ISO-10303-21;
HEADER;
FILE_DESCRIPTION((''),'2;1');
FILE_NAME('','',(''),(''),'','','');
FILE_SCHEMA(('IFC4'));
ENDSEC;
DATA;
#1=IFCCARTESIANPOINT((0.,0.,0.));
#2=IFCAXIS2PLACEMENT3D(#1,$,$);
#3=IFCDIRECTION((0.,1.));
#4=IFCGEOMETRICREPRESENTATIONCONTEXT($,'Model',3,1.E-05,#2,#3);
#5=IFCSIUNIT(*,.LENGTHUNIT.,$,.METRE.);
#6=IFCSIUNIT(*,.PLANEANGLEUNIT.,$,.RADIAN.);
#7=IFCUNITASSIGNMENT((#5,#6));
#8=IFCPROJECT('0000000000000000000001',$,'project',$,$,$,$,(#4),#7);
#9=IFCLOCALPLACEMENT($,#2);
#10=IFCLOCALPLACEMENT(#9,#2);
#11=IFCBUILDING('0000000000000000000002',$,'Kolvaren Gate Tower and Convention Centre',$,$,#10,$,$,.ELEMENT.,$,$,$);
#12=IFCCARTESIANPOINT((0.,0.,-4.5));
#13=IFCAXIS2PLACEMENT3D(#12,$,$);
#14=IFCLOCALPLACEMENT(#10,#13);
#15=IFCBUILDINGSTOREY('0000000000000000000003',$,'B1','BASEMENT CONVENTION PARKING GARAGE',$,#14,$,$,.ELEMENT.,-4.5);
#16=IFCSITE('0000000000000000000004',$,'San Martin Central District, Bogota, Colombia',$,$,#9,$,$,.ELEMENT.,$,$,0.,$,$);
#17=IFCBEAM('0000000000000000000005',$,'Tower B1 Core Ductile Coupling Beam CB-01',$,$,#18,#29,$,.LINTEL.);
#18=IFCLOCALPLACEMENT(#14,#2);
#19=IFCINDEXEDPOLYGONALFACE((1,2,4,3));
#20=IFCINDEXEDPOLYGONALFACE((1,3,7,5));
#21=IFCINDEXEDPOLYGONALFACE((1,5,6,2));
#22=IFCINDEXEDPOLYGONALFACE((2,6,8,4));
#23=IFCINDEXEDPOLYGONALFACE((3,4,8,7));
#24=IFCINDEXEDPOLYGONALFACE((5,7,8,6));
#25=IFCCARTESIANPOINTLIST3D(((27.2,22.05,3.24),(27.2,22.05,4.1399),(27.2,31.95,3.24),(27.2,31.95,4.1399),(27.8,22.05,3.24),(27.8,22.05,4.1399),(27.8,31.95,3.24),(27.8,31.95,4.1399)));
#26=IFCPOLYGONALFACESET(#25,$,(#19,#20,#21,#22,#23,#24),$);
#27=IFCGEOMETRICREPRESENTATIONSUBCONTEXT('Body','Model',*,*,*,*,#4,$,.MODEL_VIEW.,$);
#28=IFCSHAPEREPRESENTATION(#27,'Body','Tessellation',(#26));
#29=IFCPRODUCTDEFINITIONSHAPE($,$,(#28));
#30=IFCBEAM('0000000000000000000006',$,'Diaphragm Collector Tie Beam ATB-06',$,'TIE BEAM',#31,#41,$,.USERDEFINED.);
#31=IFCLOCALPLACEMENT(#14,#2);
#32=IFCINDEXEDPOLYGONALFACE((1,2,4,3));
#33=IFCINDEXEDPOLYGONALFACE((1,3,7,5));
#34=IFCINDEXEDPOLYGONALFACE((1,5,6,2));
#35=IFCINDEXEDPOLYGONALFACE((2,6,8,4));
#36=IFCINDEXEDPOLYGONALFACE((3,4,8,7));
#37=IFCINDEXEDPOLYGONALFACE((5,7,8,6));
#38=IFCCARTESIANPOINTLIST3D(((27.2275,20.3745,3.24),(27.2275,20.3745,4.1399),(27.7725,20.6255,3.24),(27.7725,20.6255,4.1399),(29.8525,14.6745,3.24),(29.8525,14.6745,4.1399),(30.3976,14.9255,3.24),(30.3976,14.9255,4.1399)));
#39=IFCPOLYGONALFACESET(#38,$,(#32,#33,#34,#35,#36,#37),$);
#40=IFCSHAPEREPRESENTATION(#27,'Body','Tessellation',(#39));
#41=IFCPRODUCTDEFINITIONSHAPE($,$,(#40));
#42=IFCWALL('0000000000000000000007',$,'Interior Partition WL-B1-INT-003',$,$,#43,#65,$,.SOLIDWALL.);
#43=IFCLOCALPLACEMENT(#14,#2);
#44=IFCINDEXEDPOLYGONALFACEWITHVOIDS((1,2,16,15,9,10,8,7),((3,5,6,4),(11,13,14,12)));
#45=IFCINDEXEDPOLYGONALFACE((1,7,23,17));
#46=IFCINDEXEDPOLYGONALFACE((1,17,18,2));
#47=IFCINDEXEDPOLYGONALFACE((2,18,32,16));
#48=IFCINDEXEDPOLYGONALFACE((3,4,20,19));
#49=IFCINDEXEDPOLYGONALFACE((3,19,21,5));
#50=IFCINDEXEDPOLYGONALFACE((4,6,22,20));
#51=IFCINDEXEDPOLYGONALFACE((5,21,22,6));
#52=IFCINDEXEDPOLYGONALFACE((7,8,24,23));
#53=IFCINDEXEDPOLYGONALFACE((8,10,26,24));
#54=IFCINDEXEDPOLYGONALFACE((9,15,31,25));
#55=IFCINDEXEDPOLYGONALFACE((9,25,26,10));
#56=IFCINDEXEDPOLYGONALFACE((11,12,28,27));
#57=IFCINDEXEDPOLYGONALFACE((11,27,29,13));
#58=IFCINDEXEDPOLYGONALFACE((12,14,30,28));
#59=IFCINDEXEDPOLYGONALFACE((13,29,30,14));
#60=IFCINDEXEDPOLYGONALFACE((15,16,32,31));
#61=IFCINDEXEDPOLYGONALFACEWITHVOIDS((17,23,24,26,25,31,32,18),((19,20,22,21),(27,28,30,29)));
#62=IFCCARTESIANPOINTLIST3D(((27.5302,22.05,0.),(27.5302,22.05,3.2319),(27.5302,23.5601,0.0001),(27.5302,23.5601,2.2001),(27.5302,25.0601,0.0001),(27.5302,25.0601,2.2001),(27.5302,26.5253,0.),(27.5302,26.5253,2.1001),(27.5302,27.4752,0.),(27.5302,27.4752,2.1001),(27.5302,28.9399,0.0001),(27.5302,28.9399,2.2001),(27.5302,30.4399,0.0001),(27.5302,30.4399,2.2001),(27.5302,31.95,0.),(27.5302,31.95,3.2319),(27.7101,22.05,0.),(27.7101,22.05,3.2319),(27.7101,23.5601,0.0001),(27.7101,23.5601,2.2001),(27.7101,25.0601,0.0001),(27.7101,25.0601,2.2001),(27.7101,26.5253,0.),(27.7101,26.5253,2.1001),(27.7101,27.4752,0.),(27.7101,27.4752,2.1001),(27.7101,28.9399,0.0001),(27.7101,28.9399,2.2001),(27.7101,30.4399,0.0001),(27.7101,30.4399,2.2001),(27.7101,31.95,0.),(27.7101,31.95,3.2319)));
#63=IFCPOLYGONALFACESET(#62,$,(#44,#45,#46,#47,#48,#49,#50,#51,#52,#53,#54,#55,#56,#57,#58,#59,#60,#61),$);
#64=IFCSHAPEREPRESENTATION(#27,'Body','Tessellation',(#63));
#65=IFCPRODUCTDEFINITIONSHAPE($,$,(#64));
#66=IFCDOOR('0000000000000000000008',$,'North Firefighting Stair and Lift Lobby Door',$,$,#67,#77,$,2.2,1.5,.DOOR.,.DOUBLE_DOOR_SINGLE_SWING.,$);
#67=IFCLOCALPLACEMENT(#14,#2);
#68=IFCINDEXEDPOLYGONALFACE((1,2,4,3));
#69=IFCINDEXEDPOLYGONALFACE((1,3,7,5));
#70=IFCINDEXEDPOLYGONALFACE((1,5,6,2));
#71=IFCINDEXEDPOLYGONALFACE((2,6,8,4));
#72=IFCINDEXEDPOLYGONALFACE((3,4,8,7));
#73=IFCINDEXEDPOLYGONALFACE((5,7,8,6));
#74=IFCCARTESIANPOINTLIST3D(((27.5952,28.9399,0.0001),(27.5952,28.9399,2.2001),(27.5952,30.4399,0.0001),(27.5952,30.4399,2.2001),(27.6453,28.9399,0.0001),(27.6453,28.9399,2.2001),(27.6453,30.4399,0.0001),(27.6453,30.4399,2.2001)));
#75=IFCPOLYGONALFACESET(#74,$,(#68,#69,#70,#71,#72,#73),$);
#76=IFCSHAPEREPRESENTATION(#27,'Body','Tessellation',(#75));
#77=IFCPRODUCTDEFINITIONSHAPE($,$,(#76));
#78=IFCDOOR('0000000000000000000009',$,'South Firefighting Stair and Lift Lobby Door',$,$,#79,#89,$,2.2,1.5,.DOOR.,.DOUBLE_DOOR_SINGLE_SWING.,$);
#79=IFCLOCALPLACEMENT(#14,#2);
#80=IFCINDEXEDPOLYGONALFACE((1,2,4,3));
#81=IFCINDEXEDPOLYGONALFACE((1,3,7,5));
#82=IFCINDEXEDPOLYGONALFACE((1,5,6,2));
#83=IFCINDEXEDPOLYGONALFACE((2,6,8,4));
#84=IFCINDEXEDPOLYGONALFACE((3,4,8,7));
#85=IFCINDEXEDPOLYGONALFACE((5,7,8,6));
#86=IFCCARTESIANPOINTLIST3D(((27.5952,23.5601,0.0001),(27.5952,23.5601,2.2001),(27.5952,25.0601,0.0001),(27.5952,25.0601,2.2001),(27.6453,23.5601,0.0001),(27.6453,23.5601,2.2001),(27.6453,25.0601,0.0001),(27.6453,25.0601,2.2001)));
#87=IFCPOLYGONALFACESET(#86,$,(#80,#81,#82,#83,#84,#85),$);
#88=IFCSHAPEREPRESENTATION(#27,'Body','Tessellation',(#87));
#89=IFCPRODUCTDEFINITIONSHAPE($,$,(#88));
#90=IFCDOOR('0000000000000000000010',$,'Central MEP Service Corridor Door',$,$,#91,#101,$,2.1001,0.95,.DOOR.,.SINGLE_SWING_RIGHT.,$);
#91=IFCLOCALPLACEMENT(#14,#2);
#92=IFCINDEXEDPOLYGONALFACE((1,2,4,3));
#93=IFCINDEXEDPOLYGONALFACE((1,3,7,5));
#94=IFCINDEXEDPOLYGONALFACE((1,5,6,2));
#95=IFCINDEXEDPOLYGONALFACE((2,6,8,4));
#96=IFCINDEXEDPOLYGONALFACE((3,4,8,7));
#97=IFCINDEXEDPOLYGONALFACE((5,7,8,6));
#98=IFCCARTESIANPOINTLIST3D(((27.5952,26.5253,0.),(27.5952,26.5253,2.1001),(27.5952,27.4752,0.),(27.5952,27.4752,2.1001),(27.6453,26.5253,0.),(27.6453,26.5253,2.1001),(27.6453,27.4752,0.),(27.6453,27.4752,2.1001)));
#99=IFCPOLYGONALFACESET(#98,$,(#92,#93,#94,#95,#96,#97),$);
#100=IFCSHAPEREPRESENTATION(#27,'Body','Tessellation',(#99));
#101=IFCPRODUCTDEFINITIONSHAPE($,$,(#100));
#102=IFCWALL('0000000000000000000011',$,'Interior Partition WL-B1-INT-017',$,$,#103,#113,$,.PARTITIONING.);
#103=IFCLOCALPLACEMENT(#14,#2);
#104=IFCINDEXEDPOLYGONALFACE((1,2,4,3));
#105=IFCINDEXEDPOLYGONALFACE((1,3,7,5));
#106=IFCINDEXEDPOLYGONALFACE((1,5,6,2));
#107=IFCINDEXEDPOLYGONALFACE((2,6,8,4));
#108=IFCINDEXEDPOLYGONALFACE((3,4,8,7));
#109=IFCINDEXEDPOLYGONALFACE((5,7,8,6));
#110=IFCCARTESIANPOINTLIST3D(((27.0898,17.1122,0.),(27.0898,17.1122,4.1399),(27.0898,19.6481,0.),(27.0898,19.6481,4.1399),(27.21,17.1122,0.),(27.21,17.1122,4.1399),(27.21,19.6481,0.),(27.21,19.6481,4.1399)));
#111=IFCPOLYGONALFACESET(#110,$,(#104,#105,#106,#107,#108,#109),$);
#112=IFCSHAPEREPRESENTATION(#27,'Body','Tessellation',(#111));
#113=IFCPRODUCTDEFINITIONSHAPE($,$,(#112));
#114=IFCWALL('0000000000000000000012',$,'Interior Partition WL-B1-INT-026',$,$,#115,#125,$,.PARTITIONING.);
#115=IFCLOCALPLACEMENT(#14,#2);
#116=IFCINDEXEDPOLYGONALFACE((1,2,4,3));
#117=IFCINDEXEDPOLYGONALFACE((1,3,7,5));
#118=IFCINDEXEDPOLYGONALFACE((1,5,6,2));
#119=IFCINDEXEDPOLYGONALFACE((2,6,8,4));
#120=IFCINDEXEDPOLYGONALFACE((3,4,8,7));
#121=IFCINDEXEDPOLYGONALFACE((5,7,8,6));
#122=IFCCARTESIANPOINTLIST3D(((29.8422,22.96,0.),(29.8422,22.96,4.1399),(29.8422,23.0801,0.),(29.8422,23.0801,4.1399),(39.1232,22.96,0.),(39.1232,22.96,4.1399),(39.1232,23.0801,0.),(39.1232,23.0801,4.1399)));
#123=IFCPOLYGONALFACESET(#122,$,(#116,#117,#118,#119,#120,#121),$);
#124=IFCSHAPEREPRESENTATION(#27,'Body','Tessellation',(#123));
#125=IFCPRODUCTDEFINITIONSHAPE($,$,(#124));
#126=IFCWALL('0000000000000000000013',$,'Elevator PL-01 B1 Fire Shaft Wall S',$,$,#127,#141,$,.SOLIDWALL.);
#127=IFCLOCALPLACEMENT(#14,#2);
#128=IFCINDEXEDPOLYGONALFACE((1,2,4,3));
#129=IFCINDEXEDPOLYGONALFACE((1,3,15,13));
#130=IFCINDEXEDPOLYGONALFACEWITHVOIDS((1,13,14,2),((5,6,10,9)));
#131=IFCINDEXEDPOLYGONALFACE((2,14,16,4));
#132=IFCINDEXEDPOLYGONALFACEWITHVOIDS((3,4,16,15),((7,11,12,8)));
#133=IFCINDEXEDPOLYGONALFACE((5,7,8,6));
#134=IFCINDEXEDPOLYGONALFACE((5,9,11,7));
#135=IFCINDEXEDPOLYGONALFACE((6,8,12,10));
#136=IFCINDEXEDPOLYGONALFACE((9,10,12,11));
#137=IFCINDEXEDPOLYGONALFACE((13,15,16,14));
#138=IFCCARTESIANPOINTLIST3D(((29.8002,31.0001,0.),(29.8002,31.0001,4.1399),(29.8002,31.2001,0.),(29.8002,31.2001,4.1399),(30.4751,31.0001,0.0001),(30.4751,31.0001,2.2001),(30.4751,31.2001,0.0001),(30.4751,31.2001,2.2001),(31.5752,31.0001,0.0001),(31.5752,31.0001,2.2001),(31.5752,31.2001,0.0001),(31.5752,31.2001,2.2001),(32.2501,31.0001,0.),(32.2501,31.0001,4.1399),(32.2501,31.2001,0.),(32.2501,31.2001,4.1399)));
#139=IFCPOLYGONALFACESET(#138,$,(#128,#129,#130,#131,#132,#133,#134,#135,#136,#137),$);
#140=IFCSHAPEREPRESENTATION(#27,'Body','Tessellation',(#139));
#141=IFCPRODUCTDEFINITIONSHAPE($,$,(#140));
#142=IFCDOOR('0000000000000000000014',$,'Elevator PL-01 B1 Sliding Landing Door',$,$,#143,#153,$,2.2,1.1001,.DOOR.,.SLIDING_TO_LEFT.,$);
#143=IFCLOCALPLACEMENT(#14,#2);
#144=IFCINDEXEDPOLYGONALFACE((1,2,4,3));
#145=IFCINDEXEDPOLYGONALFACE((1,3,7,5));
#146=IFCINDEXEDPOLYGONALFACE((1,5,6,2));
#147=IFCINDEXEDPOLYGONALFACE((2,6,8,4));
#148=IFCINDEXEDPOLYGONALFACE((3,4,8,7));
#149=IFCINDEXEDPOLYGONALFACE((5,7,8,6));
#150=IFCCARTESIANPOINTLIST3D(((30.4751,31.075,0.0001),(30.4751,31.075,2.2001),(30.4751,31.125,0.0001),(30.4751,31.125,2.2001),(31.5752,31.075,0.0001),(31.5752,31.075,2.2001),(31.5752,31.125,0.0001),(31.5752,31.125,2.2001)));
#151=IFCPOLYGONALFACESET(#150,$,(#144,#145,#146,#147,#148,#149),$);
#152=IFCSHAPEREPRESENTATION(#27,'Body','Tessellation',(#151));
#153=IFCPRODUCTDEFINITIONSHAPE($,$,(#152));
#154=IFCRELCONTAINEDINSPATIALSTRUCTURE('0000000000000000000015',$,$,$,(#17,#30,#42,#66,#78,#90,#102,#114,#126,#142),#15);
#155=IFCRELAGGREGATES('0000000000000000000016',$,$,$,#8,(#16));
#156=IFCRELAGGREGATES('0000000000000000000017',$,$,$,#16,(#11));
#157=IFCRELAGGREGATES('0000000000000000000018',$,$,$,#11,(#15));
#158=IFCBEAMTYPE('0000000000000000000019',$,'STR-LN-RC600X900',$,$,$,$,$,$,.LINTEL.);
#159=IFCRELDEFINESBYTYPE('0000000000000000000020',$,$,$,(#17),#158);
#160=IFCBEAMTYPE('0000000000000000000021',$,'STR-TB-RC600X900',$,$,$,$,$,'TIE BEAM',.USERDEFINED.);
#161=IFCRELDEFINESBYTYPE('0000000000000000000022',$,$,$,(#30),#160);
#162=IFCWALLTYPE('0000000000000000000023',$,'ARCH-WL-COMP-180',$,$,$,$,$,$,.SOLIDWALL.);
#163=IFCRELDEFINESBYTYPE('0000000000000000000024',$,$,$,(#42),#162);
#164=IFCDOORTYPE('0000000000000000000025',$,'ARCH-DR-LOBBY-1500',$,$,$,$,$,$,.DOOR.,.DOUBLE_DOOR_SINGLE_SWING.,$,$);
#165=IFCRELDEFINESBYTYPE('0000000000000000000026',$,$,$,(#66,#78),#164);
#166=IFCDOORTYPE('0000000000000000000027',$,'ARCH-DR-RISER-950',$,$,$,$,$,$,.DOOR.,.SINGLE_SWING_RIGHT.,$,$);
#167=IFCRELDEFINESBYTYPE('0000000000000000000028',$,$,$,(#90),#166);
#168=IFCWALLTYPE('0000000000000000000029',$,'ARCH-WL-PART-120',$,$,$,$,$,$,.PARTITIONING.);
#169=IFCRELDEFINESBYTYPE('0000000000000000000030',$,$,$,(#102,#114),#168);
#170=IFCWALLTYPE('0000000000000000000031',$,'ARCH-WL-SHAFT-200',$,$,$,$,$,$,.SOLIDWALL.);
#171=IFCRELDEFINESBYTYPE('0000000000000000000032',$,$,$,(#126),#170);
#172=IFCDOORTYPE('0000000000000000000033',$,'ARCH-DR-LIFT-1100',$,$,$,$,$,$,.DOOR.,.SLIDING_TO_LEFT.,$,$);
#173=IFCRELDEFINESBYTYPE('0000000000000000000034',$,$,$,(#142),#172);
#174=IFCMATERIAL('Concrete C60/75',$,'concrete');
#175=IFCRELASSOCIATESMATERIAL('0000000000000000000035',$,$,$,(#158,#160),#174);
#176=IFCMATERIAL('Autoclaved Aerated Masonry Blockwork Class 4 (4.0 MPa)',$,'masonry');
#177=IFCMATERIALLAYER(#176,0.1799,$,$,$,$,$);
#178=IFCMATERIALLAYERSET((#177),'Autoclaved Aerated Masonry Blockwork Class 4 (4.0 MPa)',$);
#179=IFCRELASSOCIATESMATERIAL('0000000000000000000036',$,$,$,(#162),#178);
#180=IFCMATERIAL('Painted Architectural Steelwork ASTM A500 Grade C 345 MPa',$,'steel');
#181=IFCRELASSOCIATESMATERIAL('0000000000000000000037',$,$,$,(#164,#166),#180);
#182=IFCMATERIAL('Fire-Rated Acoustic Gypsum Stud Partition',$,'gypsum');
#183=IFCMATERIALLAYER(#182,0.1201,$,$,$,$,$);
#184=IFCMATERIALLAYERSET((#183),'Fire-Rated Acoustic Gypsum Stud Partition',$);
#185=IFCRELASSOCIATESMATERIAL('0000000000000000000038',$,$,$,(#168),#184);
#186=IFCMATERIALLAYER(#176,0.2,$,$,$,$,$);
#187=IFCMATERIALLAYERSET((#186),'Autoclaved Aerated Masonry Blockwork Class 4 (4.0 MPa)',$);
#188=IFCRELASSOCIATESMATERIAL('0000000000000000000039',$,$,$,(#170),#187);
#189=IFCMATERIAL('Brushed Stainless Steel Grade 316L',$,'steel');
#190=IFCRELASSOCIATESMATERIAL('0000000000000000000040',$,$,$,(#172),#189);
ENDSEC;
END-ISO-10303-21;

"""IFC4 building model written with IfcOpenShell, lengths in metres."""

from ifc_helpers import new_model, si_unit, direction, frame, frame_2d, origin, origin_2d, place, context, subcontext, project, spatial, rectangle, extrude, material, layer, layer_set, material_profile, profile_set, type_object, element, fill, save


model = new_model("IFC4")

# Units and contexts
model_context = context("Model", 3, precision=1e-05, world=origin(), true_north=direction((0.0, 1.0)))
body_context = subcontext(model_context, "Body", "Model", "MODEL_VIEW")
ifc_project = project(units=[si_unit("LENGTHUNIT", "METRE"), si_unit("PLANEANGLEUNIT", "RADIAN")], contexts=[model_context])

# Site, building, storey
site_placement = place(None, origin())
site = spatial("IfcSite", under=ifc_project, at=site_placement, Name="San Martin Central District, Bogota, Colombia", CompositionType="ELEMENT", RefElevation=0.0)
building_placement = place(site_placement, origin())
building = spatial("IfcBuilding", under=site, at=building_placement, Name="Kolvaren Gate Tower and Convention Centre", CompositionType="ELEMENT")
storey_placement = place(building_placement, frame((0.0, 0.0, -4.5)))
storey = spatial("IfcBuildingStorey", under=building, at=storey_placement, Name="B1", Description="BASEMENT CONVENTION PARKING GARAGE", CompositionType="ELEMENT", Elevation=-4.5)

# Beams
ifc_material_1 = material(Name="Concrete C60/75", Category="concrete")
ifc_material_profile_1 = material_profile(ifc_material_1, rectangle(XDim=0.6001, YDim=0.8999, at=origin_2d()), Name="RC-BM-600X900")
ifc_profile_set_1 = profile_set([ifc_material_profile_1], Name="Concrete C60/75")
beam_type_1 = type_object("IfcBeamType", Name="STR-LN-RC600X900", PredefinedType="LINTEL", material=ifc_profile_set_1)
beam_1_placement = place(storey_placement, frame((27.5, 22.05, 3.6899), z_axis=(0.0, 1.0, 0.0), x_axis=(-1.0, 0.0, 0.0)))
element("IfcBeam", 1, at=beam_1_placement, inside=storey, type_object=beam_type_1, Name="Tower B1 Core Ductile Coupling Beam CB-01", PredefinedType="LINTEL", context=body_context, shape_type="SweptSolid", body=[
    extrude(rectangle(XDim=0.6001, YDim=0.8999, at=origin_2d()), origin(), (0.0, 0.0, 1.0), 9.8999),
])
ifc_material_profile_2 = material_profile(ifc_material_1, rectangle(XDim=0.6001, YDim=0.8999, at=origin_2d()), Name="RC-BM-600X900")
ifc_profile_set_2 = profile_set([ifc_material_profile_2], Name="Concrete C60/75")
beam_type_2 = type_object("IfcBeamType", Name="STR-TB-RC600X900", ElementType="TIE BEAM", PredefinedType="USERDEFINED", material=ifc_profile_set_2)
beam_2_placement = place(storey_placement, frame((27.5, 20.5, 3.6899), z_axis=(0.418303, -0.908308, 0.0), x_axis=(0.908308, 0.418303, 0.0)))
element("IfcBeam", 2, at=beam_2_placement, inside=storey, type_object=beam_type_2, Name="Diaphragm Collector Tie Beam ATB-06", ObjectType="TIE BEAM", PredefinedType="USERDEFINED", context=body_context, shape_type="SweptSolid", body=[
    extrude(rectangle(XDim=0.6001, YDim=0.8999, at=origin_2d()), origin(), (0.0, 0.0, 1.0), 6.2754),
])

# Wall, openings, doors
ifc_material_2 = material(Name="Autoclaved Aerated Masonry Blockwork Class 4 (4.0 MPa)", Category="masonry")
ifc_layer_1 = layer(ifc_material_2, 0.1799)
ifc_layer_set_1 = layer_set([ifc_layer_1], Name="Autoclaved Aerated Masonry Blockwork Class 4 (4.0 MPa)")
wall_type_1 = type_object("IfcWallType", Name="ARCH-WL-COMP-180", PredefinedType="SOLIDWALL", material=ifc_layer_set_1)
wall_1_placement = place(storey_placement, frame((27.6201, 22.05, 0.0), z_axis=(0.0, 0.0, 1.0), x_axis=(0.0, 1.0, 0.0)))
wall_1 = element("IfcWall", 3, at=wall_1_placement, inside=storey, type_object=wall_type_1, Name="Interior Partition WL-B1-INT-003", PredefinedType="SOLIDWALL", context=body_context, shape_type="SweptSolid", body=[
    extrude(rectangle(XDim=9.8999, YDim=0.1799, at=frame_2d((4.95, 0.0))), origin(), (0.0, 0.0, 1.0), 3.2319),
])
opening_1_placement = place(wall_1_placement, frame((4.4751, 0.0, 0.0)))
opening_1 = element("IfcOpeningElement", 4, at=opening_1_placement, cuts=wall_1, PredefinedType="OPENING", context=body_context, shape_type="SweptSolid", body=[
    extrude(rectangle(XDim=0.95, YDim=2.1001, at=frame_2d((0.4751, 1.05))), frame((0.0, 0.0999, 0.0), z_axis=(0.0, -1.0, 0.0), x_axis=(1.0, 0.0, 0.0)), (0.0, 0.0, 1.0), 0.2),
])
opening_2_placement = place(wall_1_placement, frame((6.8899, 0.0, 0.0)))
opening_2 = element("IfcOpeningElement", 5, at=opening_2_placement, cuts=wall_1, PredefinedType="OPENING", context=body_context, shape_type="SweptSolid", body=[
    extrude(rectangle(XDim=1.5, YDim=2.2, at=frame_2d((0.75, 1.1001))), frame((0.0, 0.0999, 0.0), z_axis=(0.0, -1.0, 0.0), x_axis=(1.0, 0.0, 0.0)), (0.0, 0.0, 1.0), 0.2),
])
opening_3_placement = place(wall_1_placement, frame((1.51, 0.0, 0.0)))
opening_3 = element("IfcOpeningElement", 6, at=opening_3_placement, cuts=wall_1, PredefinedType="OPENING", context=body_context, shape_type="SweptSolid", body=[
    extrude(rectangle(XDim=1.5, YDim=2.2, at=frame_2d((0.75, 1.1001))), frame((0.0, 0.0999, 0.0), z_axis=(0.0, -1.0, 0.0), x_axis=(1.0, 0.0, 0.0)), (0.0, 0.0, 1.0), 0.2),
])
ifc_material_3 = material(Name="Painted Architectural Steelwork ASTM A500 Grade C 345 MPa", Category="steel")
door_type_1 = type_object("IfcDoorType", Name="ARCH-DR-LOBBY-1500", OperationType="DOUBLE_DOOR_SINGLE_SWING", PredefinedType="DOOR", material=ifc_material_3)
door_1_placement = place(opening_2_placement, origin())
door_1 = element("IfcDoor", 7, at=door_1_placement, inside=storey, type_object=door_type_1, Name="North Firefighting Stair and Lift Lobby Door", OperationType="DOUBLE_DOOR_SINGLE_SWING", OverallHeight=2.2, OverallWidth=1.5, PredefinedType="DOOR", context=body_context, shape_type="SweptSolid", body=[
    extrude(rectangle(XDim=1.5, YDim=2.2, at=frame_2d((0.75, 1.1001))), frame((0.0, 0.0249, 0.0), z_axis=(0.0, -1.0, 0.0), x_axis=(1.0, 0.0, 0.0)), (0.0, 0.0, 1.0), 0.05),
])
fill(opening_2, door_1)
door_2_placement = place(opening_3_placement, origin())
door_2 = element("IfcDoor", 8, at=door_2_placement, inside=storey, type_object=door_type_1, Name="South Firefighting Stair and Lift Lobby Door", OperationType="DOUBLE_DOOR_SINGLE_SWING", OverallHeight=2.2, OverallWidth=1.5, PredefinedType="DOOR", context=body_context, shape_type="SweptSolid", body=[
    extrude(rectangle(XDim=1.5, YDim=2.2, at=frame_2d((0.75, 1.1001))), frame((0.0, 0.0249, 0.0), z_axis=(0.0, -1.0, 0.0), x_axis=(1.0, 0.0, 0.0)), (0.0, 0.0, 1.0), 0.05),
])
fill(opening_3, door_2)
door_type_2 = type_object("IfcDoorType", Name="ARCH-DR-RISER-950", OperationType="SINGLE_SWING_RIGHT", PredefinedType="DOOR", material=ifc_material_3)
door_3_placement = place(opening_1_placement, origin())
door_3 = element("IfcDoor", 9, at=door_3_placement, inside=storey, type_object=door_type_2, Name="Central MEP Service Corridor Door", OperationType="SINGLE_SWING_RIGHT", OverallHeight=2.1001, OverallWidth=0.95, PredefinedType="DOOR", context=body_context, shape_type="SweptSolid", body=[
    extrude(rectangle(XDim=0.95, YDim=2.1001, at=frame_2d((0.4751, 1.05))), frame((0.0, 0.0249, 0.0), z_axis=(0.0, -1.0, 0.0), x_axis=(1.0, 0.0, 0.0)), (0.0, 0.0, 1.0), 0.05),
])
fill(opening_1, door_3)

# Walls
ifc_material_4 = material(Name="Fire-Rated Acoustic Gypsum Stud Partition", Category="gypsum")
ifc_layer_2 = layer(ifc_material_4, 0.1201)
ifc_layer_set_2 = layer_set([ifc_layer_2], Name="Fire-Rated Acoustic Gypsum Stud Partition")
wall_type_2 = type_object("IfcWallType", Name="ARCH-WL-PART-120", PredefinedType="PARTITIONING", material=ifc_layer_set_2)
wall_2_placement = place(storey_placement, frame((27.1499, 17.1121, 0.0), z_axis=(0.0, 0.0, 1.0), x_axis=(0.0, 1.0, 0.0)))
element("IfcWall", 10, at=wall_2_placement, inside=storey, type_object=wall_type_2, Name="Interior Partition WL-B1-INT-017", PredefinedType="PARTITIONING", context=body_context, shape_type="SweptSolid", body=[
    extrude(rectangle(XDim=2.5359, YDim=0.1201, at=frame_2d((1.2681, 0.0))), origin(), (0.0, 0.0, 1.0), 4.1399),
])
wall_3_placement = place(storey_placement, frame((29.842, 23.02, 0.0), z_axis=(0.0, 0.0, 1.0), x_axis=(1.0, 0.0, 0.0)))
element("IfcWall", 11, at=wall_3_placement, inside=storey, type_object=wall_type_2, Name="Interior Partition WL-B1-INT-026", PredefinedType="PARTITIONING", context=body_context, shape_type="SweptSolid", body=[
    extrude(rectangle(XDim=9.281, YDim=0.1201, at=frame_2d((4.6406, 0.0))), origin(), (0.0, 0.0, 1.0), 4.1399),
])

# Wall, opening, door
ifc_layer_3 = layer(ifc_material_2, 0.2)
ifc_layer_set_3 = layer_set([ifc_layer_3], Name="Autoclaved Aerated Masonry Blockwork Class 4 (4.0 MPa)")
wall_type_3 = type_object("IfcWallType", Name="ARCH-WL-SHAFT-200", PredefinedType="SOLIDWALL", material=ifc_layer_set_3)
wall_4_placement = place(storey_placement, frame((29.8, 31.1001, 0.0), z_axis=(0.0, 0.0, 1.0), x_axis=(1.0, 0.0, 0.0)))
wall_4 = element("IfcWall", 12, at=wall_4_placement, inside=storey, type_object=wall_type_3, Name="Elevator PL-01 B1 Fire Shaft Wall S", PredefinedType="SOLIDWALL", context=body_context, shape_type="SweptSolid", body=[
    extrude(rectangle(XDim=2.45, YDim=0.2, at=frame_2d((1.2251, 0.0))), origin(), (0.0, 0.0, 1.0), 4.1399),
])
opening_4_placement = place(wall_4_placement, frame((0.675, 0.0, 0.0)))
opening_4 = element("IfcOpeningElement", 13, at=opening_4_placement, cuts=wall_4, PredefinedType="OPENING", context=body_context, shape_type="SweptSolid", body=[
    extrude(rectangle(XDim=1.1001, YDim=2.2, at=frame_2d((0.55, 1.1001))), frame((0.0, 0.1099, 0.0), z_axis=(0.0, -1.0, 0.0), x_axis=(1.0, 0.0, 0.0)), (0.0, 0.0, 1.0), 0.22),
])
ifc_material_5 = material(Name="Brushed Stainless Steel Grade 316L", Category="steel")
door_type_3 = type_object("IfcDoorType", Name="ARCH-DR-LIFT-1100", OperationType="SLIDING_TO_LEFT", PredefinedType="DOOR", material=ifc_material_5)
door_4_placement = place(opening_4_placement, origin())
door_4 = element("IfcDoor", 14, at=door_4_placement, inside=storey, type_object=door_type_3, Name="Elevator PL-01 B1 Sliding Landing Door", OperationType="SLIDING_TO_LEFT", OverallHeight=2.2, OverallWidth=1.1001, PredefinedType="DOOR", context=body_context, shape_type="SweptSolid", body=[
    extrude(rectangle(XDim=1.1001, YDim=2.2, at=frame_2d((0.55, 1.1001))), frame((0.0, 0.0249, 0.0), z_axis=(0.0, -1.0, 0.0), x_axis=(1.0, 0.0, 0.0)), (0.0, 0.0, 1.0), 0.05),
])
fill(opening_4, door_4)

save(model, "model.ifc")
